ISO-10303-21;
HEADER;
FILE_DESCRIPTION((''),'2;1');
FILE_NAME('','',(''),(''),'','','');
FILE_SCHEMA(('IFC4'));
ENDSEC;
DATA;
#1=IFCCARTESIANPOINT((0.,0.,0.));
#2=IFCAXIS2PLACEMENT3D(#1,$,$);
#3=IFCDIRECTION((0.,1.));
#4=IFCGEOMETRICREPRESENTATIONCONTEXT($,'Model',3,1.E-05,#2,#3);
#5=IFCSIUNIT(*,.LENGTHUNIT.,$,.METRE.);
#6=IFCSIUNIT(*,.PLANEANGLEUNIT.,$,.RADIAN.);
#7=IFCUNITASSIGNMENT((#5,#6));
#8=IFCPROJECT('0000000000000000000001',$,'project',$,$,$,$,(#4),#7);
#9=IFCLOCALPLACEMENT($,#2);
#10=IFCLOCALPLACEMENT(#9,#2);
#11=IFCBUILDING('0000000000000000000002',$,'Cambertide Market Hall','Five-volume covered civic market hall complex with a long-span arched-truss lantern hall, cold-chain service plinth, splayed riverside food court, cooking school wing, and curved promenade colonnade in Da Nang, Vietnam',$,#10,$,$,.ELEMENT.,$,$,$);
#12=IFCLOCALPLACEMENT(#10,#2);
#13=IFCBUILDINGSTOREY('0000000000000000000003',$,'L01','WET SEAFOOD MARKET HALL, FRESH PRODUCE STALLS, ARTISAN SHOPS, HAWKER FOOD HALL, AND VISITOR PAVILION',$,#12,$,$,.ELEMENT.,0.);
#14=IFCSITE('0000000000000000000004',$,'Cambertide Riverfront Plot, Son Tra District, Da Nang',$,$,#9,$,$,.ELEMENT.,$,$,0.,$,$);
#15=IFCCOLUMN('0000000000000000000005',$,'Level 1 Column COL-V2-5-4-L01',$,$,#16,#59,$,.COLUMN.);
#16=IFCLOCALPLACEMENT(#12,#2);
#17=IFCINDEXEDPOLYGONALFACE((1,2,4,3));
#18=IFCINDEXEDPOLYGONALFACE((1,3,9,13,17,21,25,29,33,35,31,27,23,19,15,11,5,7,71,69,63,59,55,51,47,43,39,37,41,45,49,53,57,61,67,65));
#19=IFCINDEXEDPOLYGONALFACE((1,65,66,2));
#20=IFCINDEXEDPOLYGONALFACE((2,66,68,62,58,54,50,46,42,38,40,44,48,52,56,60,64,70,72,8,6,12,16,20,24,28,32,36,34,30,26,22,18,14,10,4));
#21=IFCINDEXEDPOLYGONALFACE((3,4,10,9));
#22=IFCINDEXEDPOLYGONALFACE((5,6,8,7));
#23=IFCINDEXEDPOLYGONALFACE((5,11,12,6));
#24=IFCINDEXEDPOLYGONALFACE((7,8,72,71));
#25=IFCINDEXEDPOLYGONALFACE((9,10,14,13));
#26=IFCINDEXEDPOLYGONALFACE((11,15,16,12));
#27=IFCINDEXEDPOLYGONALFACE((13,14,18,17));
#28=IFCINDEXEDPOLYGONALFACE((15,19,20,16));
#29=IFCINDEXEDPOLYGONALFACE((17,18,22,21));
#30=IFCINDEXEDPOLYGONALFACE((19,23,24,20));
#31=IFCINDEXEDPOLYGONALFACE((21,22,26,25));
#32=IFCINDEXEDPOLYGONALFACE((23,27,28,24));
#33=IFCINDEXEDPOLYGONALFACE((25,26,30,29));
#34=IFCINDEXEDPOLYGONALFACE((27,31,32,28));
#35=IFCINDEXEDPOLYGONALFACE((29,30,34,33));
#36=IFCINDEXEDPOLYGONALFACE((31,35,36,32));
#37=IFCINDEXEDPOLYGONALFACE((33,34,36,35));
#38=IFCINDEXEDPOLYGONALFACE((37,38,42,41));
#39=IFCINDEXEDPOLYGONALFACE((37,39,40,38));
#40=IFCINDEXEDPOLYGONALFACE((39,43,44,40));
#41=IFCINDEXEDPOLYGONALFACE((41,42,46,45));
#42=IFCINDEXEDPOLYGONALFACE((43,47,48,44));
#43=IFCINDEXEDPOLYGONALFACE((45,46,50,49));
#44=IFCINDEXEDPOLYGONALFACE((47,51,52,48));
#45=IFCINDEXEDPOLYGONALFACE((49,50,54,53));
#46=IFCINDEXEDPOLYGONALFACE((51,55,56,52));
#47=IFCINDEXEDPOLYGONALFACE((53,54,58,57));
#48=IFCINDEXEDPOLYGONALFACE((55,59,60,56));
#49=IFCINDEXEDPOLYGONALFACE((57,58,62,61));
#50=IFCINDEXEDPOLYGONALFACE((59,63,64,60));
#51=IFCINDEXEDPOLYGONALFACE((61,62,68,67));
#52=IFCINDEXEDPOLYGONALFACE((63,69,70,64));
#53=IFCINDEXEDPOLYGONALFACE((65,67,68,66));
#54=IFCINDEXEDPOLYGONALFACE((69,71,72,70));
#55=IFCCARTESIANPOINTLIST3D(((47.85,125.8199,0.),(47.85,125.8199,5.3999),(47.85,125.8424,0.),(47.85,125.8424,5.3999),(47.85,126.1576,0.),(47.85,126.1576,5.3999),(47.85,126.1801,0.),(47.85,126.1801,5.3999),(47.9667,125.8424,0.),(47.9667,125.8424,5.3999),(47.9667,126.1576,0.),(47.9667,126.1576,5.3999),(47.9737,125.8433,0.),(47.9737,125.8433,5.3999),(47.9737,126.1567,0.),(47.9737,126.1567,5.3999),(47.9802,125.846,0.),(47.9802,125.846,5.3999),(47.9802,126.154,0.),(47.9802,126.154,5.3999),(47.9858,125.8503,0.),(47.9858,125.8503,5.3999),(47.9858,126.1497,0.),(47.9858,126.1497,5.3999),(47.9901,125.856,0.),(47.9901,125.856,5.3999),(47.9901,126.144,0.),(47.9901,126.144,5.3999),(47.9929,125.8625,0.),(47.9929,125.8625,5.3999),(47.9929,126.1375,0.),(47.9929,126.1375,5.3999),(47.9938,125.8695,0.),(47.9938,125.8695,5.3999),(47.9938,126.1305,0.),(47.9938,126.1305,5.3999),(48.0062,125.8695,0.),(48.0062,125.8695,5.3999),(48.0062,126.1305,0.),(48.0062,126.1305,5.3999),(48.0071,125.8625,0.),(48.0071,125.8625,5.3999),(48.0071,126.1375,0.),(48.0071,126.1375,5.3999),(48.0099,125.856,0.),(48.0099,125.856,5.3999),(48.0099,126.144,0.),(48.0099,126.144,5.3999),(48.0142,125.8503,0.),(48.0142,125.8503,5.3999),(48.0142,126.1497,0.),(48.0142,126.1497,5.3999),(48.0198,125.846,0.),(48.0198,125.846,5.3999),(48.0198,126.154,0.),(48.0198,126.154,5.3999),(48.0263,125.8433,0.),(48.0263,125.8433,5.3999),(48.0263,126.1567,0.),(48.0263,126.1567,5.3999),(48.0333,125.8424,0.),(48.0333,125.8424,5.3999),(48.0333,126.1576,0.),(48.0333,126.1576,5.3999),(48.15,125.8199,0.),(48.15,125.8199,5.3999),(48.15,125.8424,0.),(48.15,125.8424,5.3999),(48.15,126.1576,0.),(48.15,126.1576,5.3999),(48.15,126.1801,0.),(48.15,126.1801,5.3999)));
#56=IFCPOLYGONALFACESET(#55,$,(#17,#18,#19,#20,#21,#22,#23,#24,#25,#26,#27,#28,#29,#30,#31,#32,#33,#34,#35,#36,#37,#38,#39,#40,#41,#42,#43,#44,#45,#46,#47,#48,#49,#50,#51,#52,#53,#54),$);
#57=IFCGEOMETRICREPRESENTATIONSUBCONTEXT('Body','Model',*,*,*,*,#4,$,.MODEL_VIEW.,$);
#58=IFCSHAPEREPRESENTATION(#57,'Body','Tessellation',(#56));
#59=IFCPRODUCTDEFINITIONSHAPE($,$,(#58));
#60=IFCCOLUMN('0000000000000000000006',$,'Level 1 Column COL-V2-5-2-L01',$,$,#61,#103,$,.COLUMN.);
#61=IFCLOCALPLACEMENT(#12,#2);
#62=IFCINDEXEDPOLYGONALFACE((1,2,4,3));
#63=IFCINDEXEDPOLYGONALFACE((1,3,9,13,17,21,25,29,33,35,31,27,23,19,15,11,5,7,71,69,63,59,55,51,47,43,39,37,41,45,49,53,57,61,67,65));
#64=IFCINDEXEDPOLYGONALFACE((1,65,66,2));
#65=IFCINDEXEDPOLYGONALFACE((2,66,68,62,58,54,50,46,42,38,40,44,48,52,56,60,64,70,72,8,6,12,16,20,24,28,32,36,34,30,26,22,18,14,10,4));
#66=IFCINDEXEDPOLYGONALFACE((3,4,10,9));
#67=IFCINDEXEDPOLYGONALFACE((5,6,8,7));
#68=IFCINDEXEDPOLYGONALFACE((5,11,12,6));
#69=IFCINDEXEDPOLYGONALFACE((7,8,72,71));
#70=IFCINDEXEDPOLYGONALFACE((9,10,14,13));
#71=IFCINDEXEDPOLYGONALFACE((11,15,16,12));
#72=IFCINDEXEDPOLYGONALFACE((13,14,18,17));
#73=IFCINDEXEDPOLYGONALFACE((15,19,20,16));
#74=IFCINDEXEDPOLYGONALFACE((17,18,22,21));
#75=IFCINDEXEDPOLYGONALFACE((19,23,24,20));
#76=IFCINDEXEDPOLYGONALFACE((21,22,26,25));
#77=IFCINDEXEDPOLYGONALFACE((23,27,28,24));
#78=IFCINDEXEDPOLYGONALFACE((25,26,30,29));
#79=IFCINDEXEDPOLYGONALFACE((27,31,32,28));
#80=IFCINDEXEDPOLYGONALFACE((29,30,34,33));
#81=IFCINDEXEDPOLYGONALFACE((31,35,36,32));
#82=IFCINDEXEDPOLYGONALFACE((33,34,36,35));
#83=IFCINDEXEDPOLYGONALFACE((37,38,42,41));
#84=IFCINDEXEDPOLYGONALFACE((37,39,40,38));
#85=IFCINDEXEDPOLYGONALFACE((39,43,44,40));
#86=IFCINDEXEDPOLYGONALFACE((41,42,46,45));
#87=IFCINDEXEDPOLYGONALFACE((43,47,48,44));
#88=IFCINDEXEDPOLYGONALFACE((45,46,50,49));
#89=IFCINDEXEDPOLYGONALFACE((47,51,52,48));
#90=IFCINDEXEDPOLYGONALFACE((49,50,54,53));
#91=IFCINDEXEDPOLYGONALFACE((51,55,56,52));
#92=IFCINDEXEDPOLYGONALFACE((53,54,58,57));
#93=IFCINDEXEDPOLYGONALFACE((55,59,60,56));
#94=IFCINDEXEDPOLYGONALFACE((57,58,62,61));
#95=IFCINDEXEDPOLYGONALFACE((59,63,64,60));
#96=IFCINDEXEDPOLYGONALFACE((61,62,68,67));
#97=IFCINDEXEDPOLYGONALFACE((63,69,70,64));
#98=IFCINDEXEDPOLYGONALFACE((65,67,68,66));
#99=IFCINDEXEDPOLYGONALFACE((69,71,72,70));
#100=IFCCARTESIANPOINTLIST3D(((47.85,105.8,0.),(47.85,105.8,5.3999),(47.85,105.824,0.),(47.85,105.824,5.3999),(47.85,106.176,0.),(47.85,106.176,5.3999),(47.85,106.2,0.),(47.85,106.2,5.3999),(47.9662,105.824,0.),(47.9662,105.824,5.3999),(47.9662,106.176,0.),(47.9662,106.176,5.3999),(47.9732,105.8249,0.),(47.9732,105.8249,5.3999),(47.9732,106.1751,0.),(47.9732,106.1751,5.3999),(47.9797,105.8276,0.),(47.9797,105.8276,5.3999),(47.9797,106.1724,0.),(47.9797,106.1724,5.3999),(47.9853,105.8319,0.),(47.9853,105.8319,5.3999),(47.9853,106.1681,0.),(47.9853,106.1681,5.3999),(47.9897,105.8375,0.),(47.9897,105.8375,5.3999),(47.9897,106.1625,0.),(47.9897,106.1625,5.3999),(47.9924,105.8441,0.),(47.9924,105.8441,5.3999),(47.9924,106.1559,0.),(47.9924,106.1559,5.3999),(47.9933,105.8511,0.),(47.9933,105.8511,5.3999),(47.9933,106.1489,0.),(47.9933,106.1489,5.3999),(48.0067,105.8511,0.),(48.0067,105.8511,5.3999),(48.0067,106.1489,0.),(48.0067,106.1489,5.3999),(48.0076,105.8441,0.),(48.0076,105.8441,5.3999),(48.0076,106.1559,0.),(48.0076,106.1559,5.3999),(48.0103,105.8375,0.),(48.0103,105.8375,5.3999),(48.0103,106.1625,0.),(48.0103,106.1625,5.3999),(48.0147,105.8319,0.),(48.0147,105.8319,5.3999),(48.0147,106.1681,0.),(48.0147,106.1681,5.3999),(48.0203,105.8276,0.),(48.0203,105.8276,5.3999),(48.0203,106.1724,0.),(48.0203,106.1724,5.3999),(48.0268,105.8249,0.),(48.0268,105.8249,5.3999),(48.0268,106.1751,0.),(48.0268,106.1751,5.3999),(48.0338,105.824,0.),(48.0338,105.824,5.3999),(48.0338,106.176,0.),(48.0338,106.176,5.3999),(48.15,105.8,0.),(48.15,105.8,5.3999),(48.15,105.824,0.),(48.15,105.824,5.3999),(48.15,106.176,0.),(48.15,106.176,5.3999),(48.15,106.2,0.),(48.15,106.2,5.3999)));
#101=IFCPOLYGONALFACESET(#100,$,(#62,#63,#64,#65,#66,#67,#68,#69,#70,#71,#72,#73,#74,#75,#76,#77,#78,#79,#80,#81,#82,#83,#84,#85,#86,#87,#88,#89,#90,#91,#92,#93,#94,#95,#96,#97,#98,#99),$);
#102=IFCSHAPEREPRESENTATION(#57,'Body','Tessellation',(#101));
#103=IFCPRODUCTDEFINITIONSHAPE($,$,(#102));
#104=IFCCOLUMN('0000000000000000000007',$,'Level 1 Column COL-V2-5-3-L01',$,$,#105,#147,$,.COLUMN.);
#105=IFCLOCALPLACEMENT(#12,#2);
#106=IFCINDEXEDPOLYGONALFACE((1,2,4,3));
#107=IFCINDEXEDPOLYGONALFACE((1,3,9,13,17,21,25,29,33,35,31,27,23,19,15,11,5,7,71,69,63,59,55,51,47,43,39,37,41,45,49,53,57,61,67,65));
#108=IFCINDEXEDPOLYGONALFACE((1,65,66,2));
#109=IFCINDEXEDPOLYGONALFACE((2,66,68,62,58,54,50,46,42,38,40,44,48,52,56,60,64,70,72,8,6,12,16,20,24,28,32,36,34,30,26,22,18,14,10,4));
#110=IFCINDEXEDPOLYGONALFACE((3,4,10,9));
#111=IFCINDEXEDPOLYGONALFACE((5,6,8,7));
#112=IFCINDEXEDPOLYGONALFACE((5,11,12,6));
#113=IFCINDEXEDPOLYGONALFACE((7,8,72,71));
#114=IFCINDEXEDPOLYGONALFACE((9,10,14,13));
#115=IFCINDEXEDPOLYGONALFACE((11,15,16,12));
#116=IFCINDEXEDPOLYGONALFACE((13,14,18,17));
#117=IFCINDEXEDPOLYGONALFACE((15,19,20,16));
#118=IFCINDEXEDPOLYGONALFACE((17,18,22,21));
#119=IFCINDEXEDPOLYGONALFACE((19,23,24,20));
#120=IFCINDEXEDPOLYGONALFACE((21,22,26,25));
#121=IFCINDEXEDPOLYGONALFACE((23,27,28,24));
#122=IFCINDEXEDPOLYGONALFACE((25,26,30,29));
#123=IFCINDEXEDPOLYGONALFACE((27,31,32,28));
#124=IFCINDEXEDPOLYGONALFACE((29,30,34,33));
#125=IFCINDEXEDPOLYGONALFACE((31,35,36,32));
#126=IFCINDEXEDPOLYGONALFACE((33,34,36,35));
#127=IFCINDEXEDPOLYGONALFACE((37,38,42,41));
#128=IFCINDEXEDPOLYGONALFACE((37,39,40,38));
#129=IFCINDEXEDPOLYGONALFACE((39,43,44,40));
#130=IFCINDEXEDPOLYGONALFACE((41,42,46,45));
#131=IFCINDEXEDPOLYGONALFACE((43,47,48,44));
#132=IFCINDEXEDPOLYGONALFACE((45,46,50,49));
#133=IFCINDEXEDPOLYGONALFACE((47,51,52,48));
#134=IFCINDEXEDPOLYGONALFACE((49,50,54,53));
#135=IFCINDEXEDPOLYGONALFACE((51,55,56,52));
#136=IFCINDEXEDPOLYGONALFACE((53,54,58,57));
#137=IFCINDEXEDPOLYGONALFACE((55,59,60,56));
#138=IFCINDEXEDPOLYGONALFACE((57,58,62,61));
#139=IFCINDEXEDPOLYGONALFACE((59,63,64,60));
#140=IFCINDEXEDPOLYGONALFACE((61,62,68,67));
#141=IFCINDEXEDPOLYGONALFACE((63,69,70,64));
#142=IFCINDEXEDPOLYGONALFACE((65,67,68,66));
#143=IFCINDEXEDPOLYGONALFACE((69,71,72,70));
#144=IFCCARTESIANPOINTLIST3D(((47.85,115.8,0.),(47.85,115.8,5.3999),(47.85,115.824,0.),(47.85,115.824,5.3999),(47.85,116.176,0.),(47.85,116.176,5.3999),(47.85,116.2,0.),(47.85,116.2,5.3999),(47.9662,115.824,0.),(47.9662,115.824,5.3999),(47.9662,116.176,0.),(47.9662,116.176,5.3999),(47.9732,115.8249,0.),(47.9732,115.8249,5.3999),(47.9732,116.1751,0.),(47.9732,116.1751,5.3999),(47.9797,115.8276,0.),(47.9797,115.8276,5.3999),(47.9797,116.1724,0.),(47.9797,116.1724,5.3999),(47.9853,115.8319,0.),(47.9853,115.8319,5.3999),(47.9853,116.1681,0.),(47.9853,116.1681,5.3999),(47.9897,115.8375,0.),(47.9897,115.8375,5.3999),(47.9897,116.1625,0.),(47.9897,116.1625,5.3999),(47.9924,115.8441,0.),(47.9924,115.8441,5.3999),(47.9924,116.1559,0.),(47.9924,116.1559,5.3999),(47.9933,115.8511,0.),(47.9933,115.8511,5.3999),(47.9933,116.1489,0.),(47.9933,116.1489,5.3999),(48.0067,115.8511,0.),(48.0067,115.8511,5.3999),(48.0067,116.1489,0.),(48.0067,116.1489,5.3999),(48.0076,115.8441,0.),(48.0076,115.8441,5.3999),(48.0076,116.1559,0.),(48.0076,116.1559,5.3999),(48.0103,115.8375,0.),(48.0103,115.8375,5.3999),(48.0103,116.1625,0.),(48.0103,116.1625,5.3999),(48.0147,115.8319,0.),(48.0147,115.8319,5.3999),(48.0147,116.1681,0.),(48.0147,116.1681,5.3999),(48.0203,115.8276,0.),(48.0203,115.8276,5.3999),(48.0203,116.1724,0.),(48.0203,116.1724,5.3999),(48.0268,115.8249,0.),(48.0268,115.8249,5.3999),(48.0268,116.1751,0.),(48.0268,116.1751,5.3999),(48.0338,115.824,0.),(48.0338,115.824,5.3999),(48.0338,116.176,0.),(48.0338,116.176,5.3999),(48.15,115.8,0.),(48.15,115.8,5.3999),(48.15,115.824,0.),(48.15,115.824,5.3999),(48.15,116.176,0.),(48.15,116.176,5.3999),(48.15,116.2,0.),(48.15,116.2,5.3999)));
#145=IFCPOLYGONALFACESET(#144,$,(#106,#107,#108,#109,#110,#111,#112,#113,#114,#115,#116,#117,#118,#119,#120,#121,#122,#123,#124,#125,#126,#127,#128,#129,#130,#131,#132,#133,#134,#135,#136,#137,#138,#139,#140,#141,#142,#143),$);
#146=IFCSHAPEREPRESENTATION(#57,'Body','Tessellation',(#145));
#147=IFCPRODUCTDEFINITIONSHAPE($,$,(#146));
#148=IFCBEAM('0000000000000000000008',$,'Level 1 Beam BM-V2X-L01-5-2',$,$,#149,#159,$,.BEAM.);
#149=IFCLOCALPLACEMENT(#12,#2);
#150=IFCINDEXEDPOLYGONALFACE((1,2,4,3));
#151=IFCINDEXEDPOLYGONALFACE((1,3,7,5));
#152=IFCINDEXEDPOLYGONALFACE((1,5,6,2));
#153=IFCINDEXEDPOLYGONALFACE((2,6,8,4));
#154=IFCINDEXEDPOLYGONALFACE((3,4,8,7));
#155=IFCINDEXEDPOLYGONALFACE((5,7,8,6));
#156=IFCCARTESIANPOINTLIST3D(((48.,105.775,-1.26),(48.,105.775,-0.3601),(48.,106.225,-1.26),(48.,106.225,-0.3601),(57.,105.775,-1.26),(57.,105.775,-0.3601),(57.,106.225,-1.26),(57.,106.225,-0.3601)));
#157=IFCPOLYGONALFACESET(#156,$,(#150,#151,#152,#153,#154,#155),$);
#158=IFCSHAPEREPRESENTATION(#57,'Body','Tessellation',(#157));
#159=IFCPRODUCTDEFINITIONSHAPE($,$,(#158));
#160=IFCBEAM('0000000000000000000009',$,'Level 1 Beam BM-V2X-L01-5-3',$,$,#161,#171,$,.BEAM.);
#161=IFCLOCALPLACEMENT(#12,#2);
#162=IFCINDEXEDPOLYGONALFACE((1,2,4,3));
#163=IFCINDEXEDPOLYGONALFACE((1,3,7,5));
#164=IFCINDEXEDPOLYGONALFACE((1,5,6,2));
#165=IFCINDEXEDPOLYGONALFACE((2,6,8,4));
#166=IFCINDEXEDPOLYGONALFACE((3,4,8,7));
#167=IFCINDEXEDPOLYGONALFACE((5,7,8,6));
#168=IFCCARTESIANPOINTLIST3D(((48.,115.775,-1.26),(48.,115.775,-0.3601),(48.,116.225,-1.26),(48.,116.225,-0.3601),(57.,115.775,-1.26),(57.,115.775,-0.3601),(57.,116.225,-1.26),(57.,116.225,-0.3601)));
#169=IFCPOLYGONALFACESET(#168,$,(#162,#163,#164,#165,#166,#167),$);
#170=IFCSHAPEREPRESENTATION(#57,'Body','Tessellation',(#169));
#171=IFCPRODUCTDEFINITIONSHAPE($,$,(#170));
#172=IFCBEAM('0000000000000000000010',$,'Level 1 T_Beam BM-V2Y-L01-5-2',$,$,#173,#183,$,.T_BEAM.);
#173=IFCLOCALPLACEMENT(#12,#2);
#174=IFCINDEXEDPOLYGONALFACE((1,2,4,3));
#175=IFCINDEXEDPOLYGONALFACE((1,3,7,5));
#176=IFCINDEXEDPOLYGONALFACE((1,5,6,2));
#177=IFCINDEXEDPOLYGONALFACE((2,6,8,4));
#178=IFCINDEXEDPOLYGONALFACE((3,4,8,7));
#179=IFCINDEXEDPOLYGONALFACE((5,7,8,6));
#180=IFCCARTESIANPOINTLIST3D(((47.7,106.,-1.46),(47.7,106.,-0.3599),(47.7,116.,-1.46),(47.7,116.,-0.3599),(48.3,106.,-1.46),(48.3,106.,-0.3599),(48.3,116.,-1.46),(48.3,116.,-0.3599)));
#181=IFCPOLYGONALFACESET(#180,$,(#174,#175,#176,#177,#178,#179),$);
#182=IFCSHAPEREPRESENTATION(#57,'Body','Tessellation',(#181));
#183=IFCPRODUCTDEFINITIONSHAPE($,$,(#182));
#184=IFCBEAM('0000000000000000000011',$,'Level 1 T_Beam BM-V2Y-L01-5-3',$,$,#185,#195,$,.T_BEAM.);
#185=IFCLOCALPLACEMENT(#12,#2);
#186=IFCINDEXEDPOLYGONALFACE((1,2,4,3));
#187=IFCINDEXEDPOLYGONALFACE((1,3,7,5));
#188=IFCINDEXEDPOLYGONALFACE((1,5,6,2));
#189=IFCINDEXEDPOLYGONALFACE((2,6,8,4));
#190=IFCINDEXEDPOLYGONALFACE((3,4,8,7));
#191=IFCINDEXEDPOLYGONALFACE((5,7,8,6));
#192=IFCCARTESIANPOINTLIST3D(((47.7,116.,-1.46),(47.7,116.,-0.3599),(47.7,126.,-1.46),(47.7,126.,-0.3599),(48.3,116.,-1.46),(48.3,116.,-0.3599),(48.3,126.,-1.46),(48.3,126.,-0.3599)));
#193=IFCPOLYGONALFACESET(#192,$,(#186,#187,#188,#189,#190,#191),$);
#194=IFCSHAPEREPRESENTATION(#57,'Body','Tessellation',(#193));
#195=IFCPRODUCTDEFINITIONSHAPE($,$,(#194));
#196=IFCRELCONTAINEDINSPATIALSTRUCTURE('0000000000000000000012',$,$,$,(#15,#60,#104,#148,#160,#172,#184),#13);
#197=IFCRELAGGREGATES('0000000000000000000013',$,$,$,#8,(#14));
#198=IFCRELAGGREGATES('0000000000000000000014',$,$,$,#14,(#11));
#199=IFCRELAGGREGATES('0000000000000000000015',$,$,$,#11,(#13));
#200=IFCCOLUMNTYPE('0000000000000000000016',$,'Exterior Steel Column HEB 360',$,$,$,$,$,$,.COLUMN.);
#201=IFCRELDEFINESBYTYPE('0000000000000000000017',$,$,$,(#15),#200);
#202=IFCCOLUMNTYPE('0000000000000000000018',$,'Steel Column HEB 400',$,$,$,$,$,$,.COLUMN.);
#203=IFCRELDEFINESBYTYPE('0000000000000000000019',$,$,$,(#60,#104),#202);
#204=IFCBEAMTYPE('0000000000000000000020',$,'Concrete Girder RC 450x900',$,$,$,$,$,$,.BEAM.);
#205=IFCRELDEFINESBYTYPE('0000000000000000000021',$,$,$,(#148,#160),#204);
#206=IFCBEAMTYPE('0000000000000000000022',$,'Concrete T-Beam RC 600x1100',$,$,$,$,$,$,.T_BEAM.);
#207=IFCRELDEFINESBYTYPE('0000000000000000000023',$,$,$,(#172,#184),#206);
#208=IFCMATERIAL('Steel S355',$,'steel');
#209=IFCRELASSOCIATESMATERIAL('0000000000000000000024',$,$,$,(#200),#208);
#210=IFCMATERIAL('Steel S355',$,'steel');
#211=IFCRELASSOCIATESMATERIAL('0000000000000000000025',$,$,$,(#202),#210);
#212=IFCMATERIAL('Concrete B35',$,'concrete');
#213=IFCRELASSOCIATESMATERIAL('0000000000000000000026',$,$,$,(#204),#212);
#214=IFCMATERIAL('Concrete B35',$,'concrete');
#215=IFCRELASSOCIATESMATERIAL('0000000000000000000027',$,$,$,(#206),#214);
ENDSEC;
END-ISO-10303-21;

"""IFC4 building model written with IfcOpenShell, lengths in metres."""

from ifc_helpers import new_model, si_unit, direction, frame, origin, origin_2d, place, context, subcontext, project, spatial, rectangle, i_section, extrude, material, material_profile, profile_set, type_object, element, save


model = new_model("IFC4")

# Units and contexts
model_context = context("Model", 3, precision=1e-05, world=origin(), true_north=direction((0.0, 1.0)))
body_context = subcontext(model_context, "Body", "Model", "MODEL_VIEW")
ifc_project = project(units=[si_unit("LENGTHUNIT", "METRE"), si_unit("PLANEANGLEUNIT", "RADIAN")], contexts=[model_context])

# Site, building, storey
site_placement = place(None, origin())
site = spatial("IfcSite", under=ifc_project, at=site_placement, Name="Cambertide Riverfront Plot, Son Tra District, Da Nang", CompositionType="ELEMENT", RefElevation=0.0)
building_placement = place(site_placement, origin())
building = spatial("IfcBuilding", under=site, at=building_placement, Name="Cambertide Market Hall", Description="Five-volume covered civic market hall complex with a long-span arched-truss lantern hall, cold-chain service plinth, splayed riverside food court, cooking school wing, and curved promenade colonnade in Da Nang, Vietnam", CompositionType="ELEMENT")
storey_placement = place(building_placement, origin())
storey = spatial("IfcBuildingStorey", under=building, at=storey_placement, Name="L01", Description="WET SEAFOOD MARKET HALL, FRESH PRODUCE STALLS, ARTISAN SHOPS, HAWKER FOOD HALL, AND VISITOR PAVILION", CompositionType="ELEMENT", Elevation=0.0)

# Columns
ifc_material_1 = material(Name="Steel S355", Category="steel")
ifc_material_profile_1 = material_profile(ifc_material_1, i_section(OverallWidth=0.3, OverallDepth=0.3601, WebThickness=0.0125, FlangeThickness=0.0225, FilletRadius=0.0271, at=origin_2d()), Name="HEB 360")
ifc_profile_set_1 = profile_set([ifc_material_profile_1], Name="Steel S355")
column_type_1 = type_object("IfcColumnType", Name="Exterior Steel Column HEB 360", PredefinedType="COLUMN", material=ifc_profile_set_1)
column_placement = place(storey_placement, frame((48.0, 126.0, 0.0), z_axis=(0.0, 0.0, 1.0), x_axis=(1.0, 0.0, 0.0)))
element("IfcColumn", 1, at=column_placement, inside=storey, type_object=column_type_1, Name="Level 1 Column COL-V2-5-4-L01", PredefinedType="COLUMN", context=body_context, shape_type="SweptSolid", body=[
    extrude(i_section(OverallWidth=0.3, OverallDepth=0.3601, WebThickness=0.0125, FlangeThickness=0.0225, FilletRadius=0.0271, at=origin_2d()), origin(), (0.0, 0.0, 1.0), 5.3999),
])
ifc_material_2 = material(Name="Steel S355", Category="steel")
ifc_material_profile_2 = material_profile(ifc_material_2, i_section(OverallWidth=0.3, OverallDepth=0.3999, WebThickness=0.0134, FlangeThickness=0.0239, FilletRadius=0.0271, at=origin_2d()), Name="HEB 400")
ifc_profile_set_2 = profile_set([ifc_material_profile_2], Name="Steel S355")
column_type_2 = type_object("IfcColumnType", Name="Steel Column HEB 400", PredefinedType="COLUMN", material=ifc_profile_set_2)
for number, where, z_axis, x_axis, name in (
    (2, (48.0, 106.0, 0.0), (0.0, 0.0, 1.0), (1.0, 0.0, 0.0), "Level 1 Column COL-V2-5-2-L01"),
    (3, (48.0, 116.0, 0.0), (0.0, 0.0, 1.0), (1.0, 0.0, 0.0), "Level 1 Column COL-V2-5-3-L01"),
):
    element("IfcColumn", number, at=place(storey_placement, frame(where, z_axis=z_axis, x_axis=x_axis)), inside=storey, type_object=column_type_2, Name=name, PredefinedType="COLUMN", context=body_context, shape_type="SweptSolid", body=[
        extrude(i_section(OverallWidth=0.3, OverallDepth=0.3999, WebThickness=0.0134, FlangeThickness=0.0239, FilletRadius=0.0271, at=origin_2d()), origin(), (0.0, 0.0, 1.0), 5.3999),
    ])

# Beams
ifc_material_3 = material(Name="Concrete B35", Category="concrete")
ifc_material_profile_3 = material_profile(ifc_material_3, rectangle(XDim=0.45, YDim=0.8999, at=origin_2d()), Name="RC 450x900")
ifc_profile_set_3 = profile_set([ifc_material_profile_3], Name="Concrete B35")
beam_type_1 = type_object("IfcBeamType", Name="Concrete Girder RC 450x900", PredefinedType="BEAM", material=ifc_profile_set_3)
for number, where, z_axis, x_axis, name in (
    (4, (48.0, 106.0, -0.8101), (1.0, 0.0, 0.0), (0.0, 1.0, 0.0), "Level 1 Beam BM-V2X-L01-5-2"),
    (5, (48.0, 116.0, -0.8101), (1.0, 0.0, 0.0), (0.0, 1.0, 0.0), "Level 1 Beam BM-V2X-L01-5-3"),
):
    element("IfcBeam", number, at=place(storey_placement, frame(where, z_axis=z_axis, x_axis=x_axis)), inside=storey, type_object=beam_type_1, Name=name, PredefinedType="BEAM", context=body_context, shape_type="SweptSolid", body=[
        extrude(rectangle(XDim=0.45, YDim=0.8999, at=origin_2d()), origin(), (0.0, 0.0, 1.0), 9.0),
    ])
ifc_material_4 = material(Name="Concrete B35", Category="concrete")
ifc_material_profile_4 = material_profile(ifc_material_4, rectangle(XDim=0.6001, YDim=1.1001, at=origin_2d()), Name="RC 600x1100")
ifc_profile_set_4 = profile_set([ifc_material_profile_4], Name="Concrete B35")
beam_type_2 = type_object("IfcBeamType", Name="Concrete T-Beam RC 600x1100", PredefinedType="T_BEAM", material=ifc_profile_set_4)
for number, where, z_axis, x_axis, name in (
    (6, (48.0, 106.0, -0.9099), (0.0, 1.0, 0.0), (-1.0, 0.0, 0.0), "Level 1 T_Beam BM-V2Y-L01-5-2"),
    (7, (48.0, 116.0, -0.9099), (0.0, 1.0, 0.0), (-1.0, 0.0, 0.0), "Level 1 T_Beam BM-V2Y-L01-5-3"),
):
    element("IfcBeam", number, at=place(storey_placement, frame(where, z_axis=z_axis, x_axis=x_axis)), inside=storey, type_object=beam_type_2, Name=name, PredefinedType="T_BEAM", context=body_context, shape_type="SweptSolid", body=[
        extrude(rectangle(XDim=0.6001, YDim=1.1001, at=origin_2d()), origin(), (0.0, 0.0, 1.0), 10.0),
    ])

save(model, "model.ifc")
